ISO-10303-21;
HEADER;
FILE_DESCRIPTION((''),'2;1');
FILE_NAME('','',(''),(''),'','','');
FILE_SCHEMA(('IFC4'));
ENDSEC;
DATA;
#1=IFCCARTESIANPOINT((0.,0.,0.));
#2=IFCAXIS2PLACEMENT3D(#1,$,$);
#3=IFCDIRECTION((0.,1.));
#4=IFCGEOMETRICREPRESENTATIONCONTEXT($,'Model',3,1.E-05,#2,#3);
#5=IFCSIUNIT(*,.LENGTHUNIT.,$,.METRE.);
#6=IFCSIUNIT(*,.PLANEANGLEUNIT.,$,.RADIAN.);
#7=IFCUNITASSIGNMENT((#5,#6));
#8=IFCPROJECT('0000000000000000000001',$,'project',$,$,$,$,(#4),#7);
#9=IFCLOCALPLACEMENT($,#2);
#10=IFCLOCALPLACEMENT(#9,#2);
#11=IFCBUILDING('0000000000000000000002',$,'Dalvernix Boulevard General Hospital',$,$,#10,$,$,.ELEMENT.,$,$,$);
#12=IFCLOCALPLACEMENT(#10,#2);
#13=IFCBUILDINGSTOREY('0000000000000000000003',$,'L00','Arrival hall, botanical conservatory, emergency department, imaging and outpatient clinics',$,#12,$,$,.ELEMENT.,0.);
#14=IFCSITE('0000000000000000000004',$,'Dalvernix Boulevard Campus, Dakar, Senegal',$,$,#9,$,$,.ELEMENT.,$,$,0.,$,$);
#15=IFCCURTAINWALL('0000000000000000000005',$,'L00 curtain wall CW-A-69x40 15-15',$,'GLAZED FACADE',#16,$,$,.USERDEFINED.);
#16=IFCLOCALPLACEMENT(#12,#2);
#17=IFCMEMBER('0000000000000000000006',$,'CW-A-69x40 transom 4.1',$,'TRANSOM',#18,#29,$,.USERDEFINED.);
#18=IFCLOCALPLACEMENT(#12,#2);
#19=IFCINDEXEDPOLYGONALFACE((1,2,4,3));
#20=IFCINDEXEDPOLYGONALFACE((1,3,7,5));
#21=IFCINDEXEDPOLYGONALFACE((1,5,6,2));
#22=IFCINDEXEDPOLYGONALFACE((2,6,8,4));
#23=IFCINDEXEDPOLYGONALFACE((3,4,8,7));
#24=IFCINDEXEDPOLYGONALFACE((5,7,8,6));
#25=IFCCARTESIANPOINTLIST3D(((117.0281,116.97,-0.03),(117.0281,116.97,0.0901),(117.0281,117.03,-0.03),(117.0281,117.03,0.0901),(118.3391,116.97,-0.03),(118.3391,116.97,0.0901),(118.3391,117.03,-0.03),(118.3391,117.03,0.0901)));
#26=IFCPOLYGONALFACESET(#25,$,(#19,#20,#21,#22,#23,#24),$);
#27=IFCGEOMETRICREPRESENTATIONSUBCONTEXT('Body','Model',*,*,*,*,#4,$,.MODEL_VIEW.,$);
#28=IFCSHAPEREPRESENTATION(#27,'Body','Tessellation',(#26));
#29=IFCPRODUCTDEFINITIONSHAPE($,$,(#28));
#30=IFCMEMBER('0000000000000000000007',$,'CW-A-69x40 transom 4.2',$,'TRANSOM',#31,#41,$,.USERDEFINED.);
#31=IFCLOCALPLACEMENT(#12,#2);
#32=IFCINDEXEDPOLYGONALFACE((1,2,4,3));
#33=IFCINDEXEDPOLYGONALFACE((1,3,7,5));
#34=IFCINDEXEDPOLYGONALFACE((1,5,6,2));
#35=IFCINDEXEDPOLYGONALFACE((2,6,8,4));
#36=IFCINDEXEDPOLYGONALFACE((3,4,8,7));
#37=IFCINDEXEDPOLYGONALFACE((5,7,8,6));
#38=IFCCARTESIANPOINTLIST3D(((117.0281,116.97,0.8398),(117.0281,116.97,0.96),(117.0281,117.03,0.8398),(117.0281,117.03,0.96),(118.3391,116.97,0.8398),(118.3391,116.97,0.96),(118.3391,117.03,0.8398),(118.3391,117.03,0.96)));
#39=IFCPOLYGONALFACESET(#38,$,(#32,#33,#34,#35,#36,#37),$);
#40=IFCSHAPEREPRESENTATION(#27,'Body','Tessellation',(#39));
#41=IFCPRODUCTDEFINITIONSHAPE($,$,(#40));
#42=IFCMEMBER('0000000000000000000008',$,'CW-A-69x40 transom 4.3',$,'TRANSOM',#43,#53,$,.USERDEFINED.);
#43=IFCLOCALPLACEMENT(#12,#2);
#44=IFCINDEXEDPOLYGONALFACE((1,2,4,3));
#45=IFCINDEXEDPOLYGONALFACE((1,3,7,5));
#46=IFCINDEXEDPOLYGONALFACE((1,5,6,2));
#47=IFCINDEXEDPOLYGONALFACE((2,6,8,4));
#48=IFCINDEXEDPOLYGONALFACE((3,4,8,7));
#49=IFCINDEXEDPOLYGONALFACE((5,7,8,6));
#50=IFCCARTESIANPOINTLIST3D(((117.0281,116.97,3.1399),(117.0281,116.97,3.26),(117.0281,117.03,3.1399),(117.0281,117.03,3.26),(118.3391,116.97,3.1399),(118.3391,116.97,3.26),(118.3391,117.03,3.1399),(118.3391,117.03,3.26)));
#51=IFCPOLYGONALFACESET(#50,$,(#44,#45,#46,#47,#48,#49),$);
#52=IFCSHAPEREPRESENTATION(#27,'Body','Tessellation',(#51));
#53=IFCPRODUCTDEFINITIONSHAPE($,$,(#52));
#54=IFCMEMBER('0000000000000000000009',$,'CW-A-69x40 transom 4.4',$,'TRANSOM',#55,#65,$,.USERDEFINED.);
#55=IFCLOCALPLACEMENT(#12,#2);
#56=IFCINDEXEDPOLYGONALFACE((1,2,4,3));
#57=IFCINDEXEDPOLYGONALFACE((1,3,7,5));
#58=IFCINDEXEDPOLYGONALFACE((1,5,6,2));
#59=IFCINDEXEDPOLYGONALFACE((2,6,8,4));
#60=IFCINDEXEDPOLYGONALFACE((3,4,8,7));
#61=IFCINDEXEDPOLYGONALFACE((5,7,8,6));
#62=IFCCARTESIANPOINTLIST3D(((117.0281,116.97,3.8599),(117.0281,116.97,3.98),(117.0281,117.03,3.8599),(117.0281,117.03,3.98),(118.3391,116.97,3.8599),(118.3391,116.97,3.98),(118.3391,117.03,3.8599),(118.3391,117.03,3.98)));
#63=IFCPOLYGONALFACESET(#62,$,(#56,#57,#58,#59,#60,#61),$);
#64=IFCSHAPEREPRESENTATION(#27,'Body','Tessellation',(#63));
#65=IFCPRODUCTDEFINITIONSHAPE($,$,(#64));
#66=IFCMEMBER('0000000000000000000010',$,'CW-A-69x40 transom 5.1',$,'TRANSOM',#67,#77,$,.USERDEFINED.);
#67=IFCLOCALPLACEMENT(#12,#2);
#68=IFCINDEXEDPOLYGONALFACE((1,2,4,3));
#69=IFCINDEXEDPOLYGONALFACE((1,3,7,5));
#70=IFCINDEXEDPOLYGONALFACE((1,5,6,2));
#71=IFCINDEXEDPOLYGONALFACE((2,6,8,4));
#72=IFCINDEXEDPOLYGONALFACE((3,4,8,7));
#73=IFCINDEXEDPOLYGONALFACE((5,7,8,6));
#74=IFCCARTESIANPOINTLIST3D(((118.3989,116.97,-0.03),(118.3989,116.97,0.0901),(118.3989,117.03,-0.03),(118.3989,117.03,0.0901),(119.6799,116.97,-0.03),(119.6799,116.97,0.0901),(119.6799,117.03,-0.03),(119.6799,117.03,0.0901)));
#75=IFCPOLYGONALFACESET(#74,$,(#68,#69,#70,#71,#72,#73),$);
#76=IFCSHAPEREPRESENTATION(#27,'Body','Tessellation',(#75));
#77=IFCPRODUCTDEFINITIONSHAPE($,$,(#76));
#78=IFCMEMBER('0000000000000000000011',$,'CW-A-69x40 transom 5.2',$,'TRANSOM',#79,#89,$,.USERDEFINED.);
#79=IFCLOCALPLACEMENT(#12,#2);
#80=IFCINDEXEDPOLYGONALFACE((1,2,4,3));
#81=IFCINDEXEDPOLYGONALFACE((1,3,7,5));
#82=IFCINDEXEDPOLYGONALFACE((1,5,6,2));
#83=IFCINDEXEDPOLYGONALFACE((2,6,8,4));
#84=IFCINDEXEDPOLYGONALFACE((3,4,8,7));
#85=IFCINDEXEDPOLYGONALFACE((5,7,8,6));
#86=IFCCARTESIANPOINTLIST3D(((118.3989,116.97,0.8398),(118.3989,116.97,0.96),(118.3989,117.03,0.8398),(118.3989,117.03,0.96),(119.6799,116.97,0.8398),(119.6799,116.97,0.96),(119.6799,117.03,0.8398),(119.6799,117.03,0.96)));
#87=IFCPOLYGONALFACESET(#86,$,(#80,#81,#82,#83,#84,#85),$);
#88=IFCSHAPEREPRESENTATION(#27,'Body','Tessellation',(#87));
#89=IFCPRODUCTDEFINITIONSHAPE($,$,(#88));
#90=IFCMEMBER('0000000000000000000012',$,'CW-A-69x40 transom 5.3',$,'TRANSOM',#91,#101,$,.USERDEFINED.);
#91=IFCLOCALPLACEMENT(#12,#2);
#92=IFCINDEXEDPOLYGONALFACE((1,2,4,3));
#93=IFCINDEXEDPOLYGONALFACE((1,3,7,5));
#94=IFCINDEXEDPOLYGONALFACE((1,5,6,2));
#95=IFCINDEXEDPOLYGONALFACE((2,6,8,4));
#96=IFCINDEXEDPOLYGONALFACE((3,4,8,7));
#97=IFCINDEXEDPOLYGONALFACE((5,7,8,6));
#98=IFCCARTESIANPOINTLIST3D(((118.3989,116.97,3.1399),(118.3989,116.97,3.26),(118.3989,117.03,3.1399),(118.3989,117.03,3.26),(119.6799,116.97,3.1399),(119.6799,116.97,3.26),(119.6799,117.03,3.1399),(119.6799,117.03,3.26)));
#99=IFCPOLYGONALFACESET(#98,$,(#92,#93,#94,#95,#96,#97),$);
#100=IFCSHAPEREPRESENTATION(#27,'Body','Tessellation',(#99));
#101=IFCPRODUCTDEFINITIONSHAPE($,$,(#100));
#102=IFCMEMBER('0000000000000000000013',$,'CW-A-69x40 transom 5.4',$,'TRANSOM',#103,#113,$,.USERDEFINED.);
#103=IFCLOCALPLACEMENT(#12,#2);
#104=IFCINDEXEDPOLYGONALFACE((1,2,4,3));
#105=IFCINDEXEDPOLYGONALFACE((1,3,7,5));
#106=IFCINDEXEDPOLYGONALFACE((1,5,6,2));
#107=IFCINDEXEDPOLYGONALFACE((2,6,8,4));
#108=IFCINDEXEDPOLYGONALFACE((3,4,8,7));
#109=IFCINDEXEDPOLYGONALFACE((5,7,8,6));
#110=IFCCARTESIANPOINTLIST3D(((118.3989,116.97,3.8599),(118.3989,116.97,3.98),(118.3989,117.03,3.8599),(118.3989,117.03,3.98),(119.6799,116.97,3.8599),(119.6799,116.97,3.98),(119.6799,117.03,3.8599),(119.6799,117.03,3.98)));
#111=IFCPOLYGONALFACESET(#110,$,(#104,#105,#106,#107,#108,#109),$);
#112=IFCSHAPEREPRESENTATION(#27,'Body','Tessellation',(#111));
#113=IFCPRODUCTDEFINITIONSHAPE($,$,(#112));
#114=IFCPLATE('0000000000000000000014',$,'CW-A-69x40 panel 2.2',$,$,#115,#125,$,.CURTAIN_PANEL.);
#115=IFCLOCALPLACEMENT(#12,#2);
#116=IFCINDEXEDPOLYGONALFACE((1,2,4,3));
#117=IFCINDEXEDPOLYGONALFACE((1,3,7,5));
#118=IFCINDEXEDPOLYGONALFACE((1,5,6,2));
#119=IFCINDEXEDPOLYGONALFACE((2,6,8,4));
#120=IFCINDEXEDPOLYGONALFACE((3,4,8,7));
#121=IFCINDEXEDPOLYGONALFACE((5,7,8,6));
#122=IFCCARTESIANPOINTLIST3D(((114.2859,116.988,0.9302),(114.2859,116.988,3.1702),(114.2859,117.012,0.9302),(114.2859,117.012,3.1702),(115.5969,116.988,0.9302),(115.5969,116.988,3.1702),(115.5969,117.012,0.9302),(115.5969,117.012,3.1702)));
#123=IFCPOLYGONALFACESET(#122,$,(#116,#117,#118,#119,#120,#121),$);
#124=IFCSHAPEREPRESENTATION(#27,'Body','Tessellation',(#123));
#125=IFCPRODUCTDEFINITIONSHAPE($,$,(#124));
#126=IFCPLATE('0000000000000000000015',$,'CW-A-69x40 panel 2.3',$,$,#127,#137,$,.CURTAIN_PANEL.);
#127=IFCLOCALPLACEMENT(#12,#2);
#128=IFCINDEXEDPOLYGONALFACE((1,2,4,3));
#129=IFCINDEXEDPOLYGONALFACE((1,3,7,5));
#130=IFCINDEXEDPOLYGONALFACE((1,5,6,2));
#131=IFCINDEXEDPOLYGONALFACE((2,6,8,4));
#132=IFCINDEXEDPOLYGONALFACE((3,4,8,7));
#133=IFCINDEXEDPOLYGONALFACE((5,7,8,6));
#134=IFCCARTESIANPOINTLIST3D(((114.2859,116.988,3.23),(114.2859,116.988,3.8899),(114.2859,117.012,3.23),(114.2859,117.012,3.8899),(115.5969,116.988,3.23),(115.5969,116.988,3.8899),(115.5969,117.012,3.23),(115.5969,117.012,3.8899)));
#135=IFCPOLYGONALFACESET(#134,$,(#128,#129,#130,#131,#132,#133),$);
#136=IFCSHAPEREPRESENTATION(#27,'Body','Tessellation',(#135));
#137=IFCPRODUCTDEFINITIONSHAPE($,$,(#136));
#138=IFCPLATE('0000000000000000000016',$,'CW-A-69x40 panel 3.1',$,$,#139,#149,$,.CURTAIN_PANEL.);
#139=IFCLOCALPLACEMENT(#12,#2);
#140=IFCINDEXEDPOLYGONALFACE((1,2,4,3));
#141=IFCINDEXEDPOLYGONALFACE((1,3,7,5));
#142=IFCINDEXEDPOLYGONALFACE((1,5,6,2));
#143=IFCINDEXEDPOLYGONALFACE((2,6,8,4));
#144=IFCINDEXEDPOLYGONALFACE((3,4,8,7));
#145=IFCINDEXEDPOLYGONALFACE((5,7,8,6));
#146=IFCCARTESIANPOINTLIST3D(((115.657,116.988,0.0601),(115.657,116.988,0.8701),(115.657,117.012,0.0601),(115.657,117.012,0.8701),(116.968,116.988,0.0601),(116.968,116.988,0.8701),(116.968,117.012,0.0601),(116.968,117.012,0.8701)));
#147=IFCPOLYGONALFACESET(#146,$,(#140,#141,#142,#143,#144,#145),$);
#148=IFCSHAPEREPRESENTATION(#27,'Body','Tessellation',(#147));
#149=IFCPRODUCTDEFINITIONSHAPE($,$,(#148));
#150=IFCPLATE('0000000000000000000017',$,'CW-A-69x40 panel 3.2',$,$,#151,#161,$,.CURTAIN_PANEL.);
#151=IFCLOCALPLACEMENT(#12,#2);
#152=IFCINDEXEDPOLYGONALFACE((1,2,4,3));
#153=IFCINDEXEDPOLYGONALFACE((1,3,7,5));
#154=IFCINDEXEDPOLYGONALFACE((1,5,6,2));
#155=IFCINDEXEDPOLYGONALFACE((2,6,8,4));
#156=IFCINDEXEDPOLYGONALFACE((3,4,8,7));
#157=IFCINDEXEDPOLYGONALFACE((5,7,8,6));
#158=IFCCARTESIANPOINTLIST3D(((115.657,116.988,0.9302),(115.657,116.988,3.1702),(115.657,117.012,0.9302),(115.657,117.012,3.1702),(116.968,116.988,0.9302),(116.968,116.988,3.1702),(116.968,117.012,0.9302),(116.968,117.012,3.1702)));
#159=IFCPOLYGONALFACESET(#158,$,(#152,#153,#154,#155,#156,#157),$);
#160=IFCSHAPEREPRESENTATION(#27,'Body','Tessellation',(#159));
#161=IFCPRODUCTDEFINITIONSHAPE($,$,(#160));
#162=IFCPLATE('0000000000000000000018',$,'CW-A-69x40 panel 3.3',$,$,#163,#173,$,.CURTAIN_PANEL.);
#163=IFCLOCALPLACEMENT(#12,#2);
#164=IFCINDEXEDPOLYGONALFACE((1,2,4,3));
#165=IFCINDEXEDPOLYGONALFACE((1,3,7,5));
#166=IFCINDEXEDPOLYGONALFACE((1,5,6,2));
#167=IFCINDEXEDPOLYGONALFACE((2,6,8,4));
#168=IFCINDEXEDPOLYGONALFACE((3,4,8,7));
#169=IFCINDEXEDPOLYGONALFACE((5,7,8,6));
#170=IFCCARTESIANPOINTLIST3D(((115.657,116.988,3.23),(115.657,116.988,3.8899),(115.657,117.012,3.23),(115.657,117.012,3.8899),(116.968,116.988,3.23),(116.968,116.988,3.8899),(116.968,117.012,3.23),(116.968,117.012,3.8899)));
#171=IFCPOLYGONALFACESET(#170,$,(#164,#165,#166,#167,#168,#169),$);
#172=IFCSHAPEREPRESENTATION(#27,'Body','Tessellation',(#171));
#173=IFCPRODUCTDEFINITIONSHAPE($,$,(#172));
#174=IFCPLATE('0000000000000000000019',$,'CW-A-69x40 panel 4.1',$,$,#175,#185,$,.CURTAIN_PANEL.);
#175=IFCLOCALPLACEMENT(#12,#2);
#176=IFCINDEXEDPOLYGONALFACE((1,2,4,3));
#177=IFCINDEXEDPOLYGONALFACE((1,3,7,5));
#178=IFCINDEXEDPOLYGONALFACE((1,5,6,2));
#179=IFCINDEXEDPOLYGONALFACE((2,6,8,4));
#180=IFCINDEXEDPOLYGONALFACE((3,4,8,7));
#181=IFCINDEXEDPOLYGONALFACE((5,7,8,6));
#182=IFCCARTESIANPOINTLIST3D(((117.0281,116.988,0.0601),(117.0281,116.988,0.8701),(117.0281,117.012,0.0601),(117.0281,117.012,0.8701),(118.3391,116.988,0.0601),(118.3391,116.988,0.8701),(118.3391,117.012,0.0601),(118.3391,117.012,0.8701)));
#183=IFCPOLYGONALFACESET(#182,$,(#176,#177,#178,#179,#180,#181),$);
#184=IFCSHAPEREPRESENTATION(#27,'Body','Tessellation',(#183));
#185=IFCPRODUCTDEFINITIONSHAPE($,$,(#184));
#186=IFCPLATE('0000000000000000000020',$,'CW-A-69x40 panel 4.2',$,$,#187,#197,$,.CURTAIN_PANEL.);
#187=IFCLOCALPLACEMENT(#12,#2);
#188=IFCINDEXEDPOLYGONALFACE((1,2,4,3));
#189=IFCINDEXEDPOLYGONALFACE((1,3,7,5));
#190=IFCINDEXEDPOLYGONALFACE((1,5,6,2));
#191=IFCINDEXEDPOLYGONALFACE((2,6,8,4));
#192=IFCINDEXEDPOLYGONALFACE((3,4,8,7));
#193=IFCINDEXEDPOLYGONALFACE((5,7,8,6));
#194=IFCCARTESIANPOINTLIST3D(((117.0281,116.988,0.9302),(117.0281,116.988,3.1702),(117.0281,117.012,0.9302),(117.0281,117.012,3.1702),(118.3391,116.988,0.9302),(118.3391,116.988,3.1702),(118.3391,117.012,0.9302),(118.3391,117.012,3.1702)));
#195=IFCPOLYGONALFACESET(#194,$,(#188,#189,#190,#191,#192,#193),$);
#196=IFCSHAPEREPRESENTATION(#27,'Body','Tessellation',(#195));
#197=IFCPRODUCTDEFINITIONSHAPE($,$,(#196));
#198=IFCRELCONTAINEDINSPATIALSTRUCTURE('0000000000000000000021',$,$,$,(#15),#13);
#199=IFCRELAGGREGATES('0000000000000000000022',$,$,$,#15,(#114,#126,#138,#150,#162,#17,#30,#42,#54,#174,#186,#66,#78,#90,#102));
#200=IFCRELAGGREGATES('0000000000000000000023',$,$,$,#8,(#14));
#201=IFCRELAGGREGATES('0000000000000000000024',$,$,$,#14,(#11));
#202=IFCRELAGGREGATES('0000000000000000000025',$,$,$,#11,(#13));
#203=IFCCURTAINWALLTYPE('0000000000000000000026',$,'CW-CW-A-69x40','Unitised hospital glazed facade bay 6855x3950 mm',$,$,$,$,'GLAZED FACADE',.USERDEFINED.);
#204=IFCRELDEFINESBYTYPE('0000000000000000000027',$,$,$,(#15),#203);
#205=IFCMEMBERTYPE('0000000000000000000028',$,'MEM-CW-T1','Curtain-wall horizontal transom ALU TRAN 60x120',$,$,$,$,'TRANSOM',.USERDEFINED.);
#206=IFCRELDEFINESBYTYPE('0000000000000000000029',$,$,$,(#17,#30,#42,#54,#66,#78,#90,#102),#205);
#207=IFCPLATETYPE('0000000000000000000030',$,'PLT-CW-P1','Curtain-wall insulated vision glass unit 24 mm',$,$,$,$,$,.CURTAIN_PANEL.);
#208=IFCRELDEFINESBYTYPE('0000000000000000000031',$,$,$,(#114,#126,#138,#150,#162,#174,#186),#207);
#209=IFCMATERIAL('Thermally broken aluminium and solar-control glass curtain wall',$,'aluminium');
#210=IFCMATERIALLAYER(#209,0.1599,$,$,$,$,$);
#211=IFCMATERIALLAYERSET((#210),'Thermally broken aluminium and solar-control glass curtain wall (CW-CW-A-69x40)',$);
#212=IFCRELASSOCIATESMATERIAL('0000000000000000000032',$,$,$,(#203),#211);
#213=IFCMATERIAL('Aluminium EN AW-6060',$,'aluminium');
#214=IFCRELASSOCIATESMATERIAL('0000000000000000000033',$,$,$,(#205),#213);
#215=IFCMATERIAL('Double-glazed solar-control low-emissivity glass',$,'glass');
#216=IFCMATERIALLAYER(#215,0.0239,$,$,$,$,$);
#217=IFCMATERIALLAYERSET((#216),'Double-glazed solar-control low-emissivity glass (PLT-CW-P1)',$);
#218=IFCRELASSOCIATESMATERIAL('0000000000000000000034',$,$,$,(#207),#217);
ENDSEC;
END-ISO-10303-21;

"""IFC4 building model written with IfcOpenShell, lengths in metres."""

from ifc_helpers import new_model, si_unit, direction, frame, origin, origin_2d, place, context, subcontext, project, spatial, rectangle, extrude, material, layer, layer_set, material_profile, profile_set, type_object, element, aggregate, save


model = new_model("IFC4")

# Units and contexts
model_context = context("Model", 3, precision=1e-05, world=origin(), true_north=direction((0.0, 1.0)))
body_context = subcontext(model_context, "Body", "Model", "MODEL_VIEW")
ifc_project = project(units=[si_unit("LENGTHUNIT", "METRE"), si_unit("PLANEANGLEUNIT", "RADIAN")], contexts=[model_context])

# Site, building, storey
site_placement = place(None, origin())
site = spatial("IfcSite", under=ifc_project, at=site_placement, Name="Dalvernix Boulevard Campus, Dakar, Senegal", CompositionType="ELEMENT", RefElevation=0.0)
building_placement = place(site_placement, origin())
building = spatial("IfcBuilding", under=site, at=building_placement, Name="Dalvernix Boulevard General Hospital", CompositionType="ELEMENT")
storey_placement = place(building_placement, origin())
storey = spatial("IfcBuildingStorey", under=building, at=storey_placement, Name="L00", Description="Arrival hall, botanical conservatory, emergency department, imaging and outpatient clinics", CompositionType="ELEMENT", Elevation=0.0)

# Curtain wall, members, plates
ifc_material_1 = material(Name="Thermally broken aluminium and solar-control glass curtain wall", Category="aluminium")
ifc_layer_1 = layer(ifc_material_1, 0.1599)
ifc_layer_set_1 = layer_set([ifc_layer_1], Name="Thermally broken aluminium and solar-control glass curtain wall (CW-CW-A-69x40)")
curtain_wall_type = type_object("IfcCurtainWallType", Name="CW-CW-A-69x40", Description="Unitised hospital glazed facade bay 6855x3950 mm", ElementType="GLAZED FACADE", PredefinedType="USERDEFINED", material=ifc_layer_set_1)
curtain_wall_placement = place(storey_placement, origin())
curtain_wall = element("IfcCurtainWall", 1, at=curtain_wall_placement, inside=storey, type_object=curtain_wall_type, Name="L00 curtain wall CW-A-69x40 15-15", ObjectType="GLAZED FACADE", PredefinedType="USERDEFINED")
ifc_material_2 = material(Name="Aluminium EN AW-6060", Category="aluminium")
ifc_material_profile_1 = material_profile(ifc_material_2, rectangle(XDim=0.0601, YDim=0.1201, at=origin_2d()), Name="ALU TRAN 60x120")
ifc_profile_set_1 = profile_set([ifc_material_profile_1], Name="Aluminium EN AW-6060")
member_type_1 = type_object("IfcMemberType", Name="MEM-CW-T1", Description="Curtain-wall horizontal transom ALU TRAN 60x120", ElementType="TRANSOM", PredefinedType="USERDEFINED", material=ifc_profile_set_1)
member_1_placement = place(storey_placement, frame((117.0281, 117.0, 0.03), z_axis=(1.0, 0.0, 0.0), x_axis=(0.0, 1.0, 0.0)))
member_1 = element("IfcMember", 2, at=member_1_placement, type_object=member_type_1, Name="CW-A-69x40 transom 4.1", ObjectType="TRANSOM", PredefinedType="USERDEFINED", context=body_context, shape_type="SweptSolid", body=[
    extrude(rectangle(XDim=0.0601, YDim=0.1201, at=origin_2d()), origin(), (0.0, 0.0, 1.0), 1.311),
])
member_2_placement = place(storey_placement, frame((117.0281, 117.0, 0.8999), z_axis=(1.0, 0.0, 0.0), x_axis=(0.0, 1.0, 0.0)))
member_2 = element("IfcMember", 3, at=member_2_placement, type_object=member_type_1, Name="CW-A-69x40 transom 4.2", ObjectType="TRANSOM", PredefinedType="USERDEFINED", context=body_context, shape_type="SweptSolid", body=[
    extrude(rectangle(XDim=0.0601, YDim=0.1201, at=origin_2d()), origin(), (0.0, 0.0, 1.0), 1.311),
])
member_3_placement = place(storey_placement, frame((117.0281, 117.0, 3.2), z_axis=(1.0, 0.0, 0.0), x_axis=(0.0, 1.0, 0.0)))
member_3 = element("IfcMember", 4, at=member_3_placement, type_object=member_type_1, Name="CW-A-69x40 transom 4.3", ObjectType="TRANSOM", PredefinedType="USERDEFINED", context=body_context, shape_type="SweptSolid", body=[
    extrude(rectangle(XDim=0.0601, YDim=0.1201, at=origin_2d()), origin(), (0.0, 0.0, 1.0), 1.311),
])
member_4_placement = place(storey_placement, frame((117.0281, 117.0, 3.9199), z_axis=(1.0, 0.0, 0.0), x_axis=(0.0, 1.0, 0.0)))
member_4 = element("IfcMember", 5, at=member_4_placement, type_object=member_type_1, Name="CW-A-69x40 transom 4.4", ObjectType="TRANSOM", PredefinedType="USERDEFINED", context=body_context, shape_type="SweptSolid", body=[
    extrude(rectangle(XDim=0.0601, YDim=0.1201, at=origin_2d()), origin(), (0.0, 0.0, 1.0), 1.311),
])
member_5_placement = place(storey_placement, frame((118.3989, 117.0, 0.03), z_axis=(1.0, 0.0, 0.0), x_axis=(0.0, 1.0, 0.0)))
member_5 = element("IfcMember", 6, at=member_5_placement, type_object=member_type_1, Name="CW-A-69x40 transom 5.1", ObjectType="TRANSOM", PredefinedType="USERDEFINED", context=body_context, shape_type="SweptSolid", body=[
    extrude(rectangle(XDim=0.0601, YDim=0.1201, at=origin_2d()), origin(), (0.0, 0.0, 1.0), 1.281),
])
member_6_placement = place(storey_placement, frame((118.3989, 117.0, 0.8999), z_axis=(1.0, 0.0, 0.0), x_axis=(0.0, 1.0, 0.0)))
member_6 = element("IfcMember", 7, at=member_6_placement, type_object=member_type_1, Name="CW-A-69x40 transom 5.2", ObjectType="TRANSOM", PredefinedType="USERDEFINED", context=body_context, shape_type="SweptSolid", body=[
    extrude(rectangle(XDim=0.0601, YDim=0.1201, at=origin_2d()), origin(), (0.0, 0.0, 1.0), 1.281),
])
member_7_placement = place(storey_placement, frame((118.3989, 117.0, 3.2), z_axis=(1.0, 0.0, 0.0), x_axis=(0.0, 1.0, 0.0)))
member_7 = element("IfcMember", 8, at=member_7_placement, type_object=member_type_1, Name="CW-A-69x40 transom 5.3", ObjectType="TRANSOM", PredefinedType="USERDEFINED", context=body_context, shape_type="SweptSolid", body=[
    extrude(rectangle(XDim=0.0601, YDim=0.1201, at=origin_2d()), origin(), (0.0, 0.0, 1.0), 1.281),
])
member_8_placement = place(storey_placement, frame((118.3989, 117.0, 3.9199), z_axis=(1.0, 0.0, 0.0), x_axis=(0.0, 1.0, 0.0)))
member_8 = element("IfcMember", 9, at=member_8_placement, type_object=member_type_1, Name="CW-A-69x40 transom 5.4", ObjectType="TRANSOM", PredefinedType="USERDEFINED", context=body_context, shape_type="SweptSolid", body=[
    extrude(rectangle(XDim=0.0601, YDim=0.1201, at=origin_2d()), origin(), (0.0, 0.0, 1.0), 1.281),
])
ifc_material_3 = material(Name="Double-glazed solar-control low-emissivity glass", Category="glass")
ifc_layer_2 = layer(ifc_material_3, 0.0239)
ifc_layer_set_2 = layer_set([ifc_layer_2], Name="Double-glazed solar-control low-emissivity glass (PLT-CW-P1)")
plate_type = type_object("IfcPlateType", Name="PLT-CW-P1", Description="Curtain-wall insulated vision glass unit 24 mm", PredefinedType="CURTAIN_PANEL", material=ifc_layer_set_2)
plate_1_placement = place(storey_placement, frame((114.9414, 117.0, 0.9302), z_axis=(0.0, 0.0, 1.0), x_axis=(1.0, 0.0, 0.0)))
plate_1 = element("IfcPlate", 10, at=plate_1_placement, type_object=plate_type, Name="CW-A-69x40 panel 2.2", PredefinedType="CURTAIN_PANEL", context=body_context, shape_type="SweptSolid", body=[
    extrude(rectangle(XDim=1.311, YDim=0.0239, at=origin_2d()), origin(), (0.0, 0.0, 1.0), 2.24),
])
plate_2_placement = place(storey_placement, frame((114.9414, 117.0, 3.23), z_axis=(0.0, 0.0, 1.0), x_axis=(1.0, 0.0, 0.0)))
plate_2 = element("IfcPlate", 11, at=plate_2_placement, type_object=plate_type, Name="CW-A-69x40 panel 2.3", PredefinedType="CURTAIN_PANEL", context=body_context, shape_type="SweptSolid", body=[
    extrude(rectangle(XDim=1.311, YDim=0.0239, at=origin_2d()), origin(), (0.0, 0.0, 1.0), 0.6599),
])
plate_3_placement = place(storey_placement, frame((116.3125, 117.0, 0.0601), z_axis=(0.0, 0.0, 1.0), x_axis=(1.0, 0.0, 0.0)))
plate_3 = element("IfcPlate", 12, at=plate_3_placement, type_object=plate_type, Name="CW-A-69x40 panel 3.1", PredefinedType="CURTAIN_PANEL", context=body_context, shape_type="SweptSolid", body=[
    extrude(rectangle(XDim=1.311, YDim=0.0239, at=origin_2d()), origin(), (0.0, 0.0, 1.0), 0.8101),
])
plate_4_placement = place(storey_placement, frame((116.3125, 117.0, 0.9302), z_axis=(0.0, 0.0, 1.0), x_axis=(1.0, 0.0, 0.0)))
plate_4 = element("IfcPlate", 13, at=plate_4_placement, type_object=plate_type, Name="CW-A-69x40 panel 3.2", PredefinedType="CURTAIN_PANEL", context=body_context, shape_type="SweptSolid", body=[
    extrude(rectangle(XDim=1.311, YDim=0.0239, at=origin_2d()), origin(), (0.0, 0.0, 1.0), 2.24),
])
plate_5_placement = place(storey_placement, frame((116.3125, 117.0, 3.23), z_axis=(0.0, 0.0, 1.0), x_axis=(1.0, 0.0, 0.0)))
plate_5 = element("IfcPlate", 14, at=plate_5_placement, type_object=plate_type, Name="CW-A-69x40 panel 3.3", PredefinedType="CURTAIN_PANEL", context=body_context, shape_type="SweptSolid", body=[
    extrude(rectangle(XDim=1.311, YDim=0.0239, at=origin_2d()), origin(), (0.0, 0.0, 1.0), 0.6599),
])
plate_6_placement = place(storey_placement, frame((117.6836, 117.0, 0.0601), z_axis=(0.0, 0.0, 1.0), x_axis=(1.0, 0.0, 0.0)))
plate_6 = element("IfcPlate", 15, at=plate_6_placement, type_object=plate_type, Name="CW-A-69x40 panel 4.1", PredefinedType="CURTAIN_PANEL", context=body_context, shape_type="SweptSolid", body=[
    extrude(rectangle(XDim=1.311, YDim=0.0239, at=origin_2d()), origin(), (0.0, 0.0, 1.0), 0.8101),
])
plate_7_placement = place(storey_placement, frame((117.6836, 117.0, 0.9302), z_axis=(0.0, 0.0, 1.0), x_axis=(1.0, 0.0, 0.0)))
plate_7 = element("IfcPlate", 16, at=plate_7_placement, type_object=plate_type, Name="CW-A-69x40 panel 4.2", PredefinedType="CURTAIN_PANEL", context=body_context, shape_type="SweptSolid", body=[
    extrude(rectangle(XDim=1.311, YDim=0.0239, at=origin_2d()), origin(), (0.0, 0.0, 1.0), 2.24),
])
aggregate(curtain_wall, [plate_1, plate_2, plate_3, plate_4, plate_5, member_1, member_2, member_3, member_4, plate_6, plate_7, member_5, member_6, member_7, member_8])

save(model, "model.ifc")
